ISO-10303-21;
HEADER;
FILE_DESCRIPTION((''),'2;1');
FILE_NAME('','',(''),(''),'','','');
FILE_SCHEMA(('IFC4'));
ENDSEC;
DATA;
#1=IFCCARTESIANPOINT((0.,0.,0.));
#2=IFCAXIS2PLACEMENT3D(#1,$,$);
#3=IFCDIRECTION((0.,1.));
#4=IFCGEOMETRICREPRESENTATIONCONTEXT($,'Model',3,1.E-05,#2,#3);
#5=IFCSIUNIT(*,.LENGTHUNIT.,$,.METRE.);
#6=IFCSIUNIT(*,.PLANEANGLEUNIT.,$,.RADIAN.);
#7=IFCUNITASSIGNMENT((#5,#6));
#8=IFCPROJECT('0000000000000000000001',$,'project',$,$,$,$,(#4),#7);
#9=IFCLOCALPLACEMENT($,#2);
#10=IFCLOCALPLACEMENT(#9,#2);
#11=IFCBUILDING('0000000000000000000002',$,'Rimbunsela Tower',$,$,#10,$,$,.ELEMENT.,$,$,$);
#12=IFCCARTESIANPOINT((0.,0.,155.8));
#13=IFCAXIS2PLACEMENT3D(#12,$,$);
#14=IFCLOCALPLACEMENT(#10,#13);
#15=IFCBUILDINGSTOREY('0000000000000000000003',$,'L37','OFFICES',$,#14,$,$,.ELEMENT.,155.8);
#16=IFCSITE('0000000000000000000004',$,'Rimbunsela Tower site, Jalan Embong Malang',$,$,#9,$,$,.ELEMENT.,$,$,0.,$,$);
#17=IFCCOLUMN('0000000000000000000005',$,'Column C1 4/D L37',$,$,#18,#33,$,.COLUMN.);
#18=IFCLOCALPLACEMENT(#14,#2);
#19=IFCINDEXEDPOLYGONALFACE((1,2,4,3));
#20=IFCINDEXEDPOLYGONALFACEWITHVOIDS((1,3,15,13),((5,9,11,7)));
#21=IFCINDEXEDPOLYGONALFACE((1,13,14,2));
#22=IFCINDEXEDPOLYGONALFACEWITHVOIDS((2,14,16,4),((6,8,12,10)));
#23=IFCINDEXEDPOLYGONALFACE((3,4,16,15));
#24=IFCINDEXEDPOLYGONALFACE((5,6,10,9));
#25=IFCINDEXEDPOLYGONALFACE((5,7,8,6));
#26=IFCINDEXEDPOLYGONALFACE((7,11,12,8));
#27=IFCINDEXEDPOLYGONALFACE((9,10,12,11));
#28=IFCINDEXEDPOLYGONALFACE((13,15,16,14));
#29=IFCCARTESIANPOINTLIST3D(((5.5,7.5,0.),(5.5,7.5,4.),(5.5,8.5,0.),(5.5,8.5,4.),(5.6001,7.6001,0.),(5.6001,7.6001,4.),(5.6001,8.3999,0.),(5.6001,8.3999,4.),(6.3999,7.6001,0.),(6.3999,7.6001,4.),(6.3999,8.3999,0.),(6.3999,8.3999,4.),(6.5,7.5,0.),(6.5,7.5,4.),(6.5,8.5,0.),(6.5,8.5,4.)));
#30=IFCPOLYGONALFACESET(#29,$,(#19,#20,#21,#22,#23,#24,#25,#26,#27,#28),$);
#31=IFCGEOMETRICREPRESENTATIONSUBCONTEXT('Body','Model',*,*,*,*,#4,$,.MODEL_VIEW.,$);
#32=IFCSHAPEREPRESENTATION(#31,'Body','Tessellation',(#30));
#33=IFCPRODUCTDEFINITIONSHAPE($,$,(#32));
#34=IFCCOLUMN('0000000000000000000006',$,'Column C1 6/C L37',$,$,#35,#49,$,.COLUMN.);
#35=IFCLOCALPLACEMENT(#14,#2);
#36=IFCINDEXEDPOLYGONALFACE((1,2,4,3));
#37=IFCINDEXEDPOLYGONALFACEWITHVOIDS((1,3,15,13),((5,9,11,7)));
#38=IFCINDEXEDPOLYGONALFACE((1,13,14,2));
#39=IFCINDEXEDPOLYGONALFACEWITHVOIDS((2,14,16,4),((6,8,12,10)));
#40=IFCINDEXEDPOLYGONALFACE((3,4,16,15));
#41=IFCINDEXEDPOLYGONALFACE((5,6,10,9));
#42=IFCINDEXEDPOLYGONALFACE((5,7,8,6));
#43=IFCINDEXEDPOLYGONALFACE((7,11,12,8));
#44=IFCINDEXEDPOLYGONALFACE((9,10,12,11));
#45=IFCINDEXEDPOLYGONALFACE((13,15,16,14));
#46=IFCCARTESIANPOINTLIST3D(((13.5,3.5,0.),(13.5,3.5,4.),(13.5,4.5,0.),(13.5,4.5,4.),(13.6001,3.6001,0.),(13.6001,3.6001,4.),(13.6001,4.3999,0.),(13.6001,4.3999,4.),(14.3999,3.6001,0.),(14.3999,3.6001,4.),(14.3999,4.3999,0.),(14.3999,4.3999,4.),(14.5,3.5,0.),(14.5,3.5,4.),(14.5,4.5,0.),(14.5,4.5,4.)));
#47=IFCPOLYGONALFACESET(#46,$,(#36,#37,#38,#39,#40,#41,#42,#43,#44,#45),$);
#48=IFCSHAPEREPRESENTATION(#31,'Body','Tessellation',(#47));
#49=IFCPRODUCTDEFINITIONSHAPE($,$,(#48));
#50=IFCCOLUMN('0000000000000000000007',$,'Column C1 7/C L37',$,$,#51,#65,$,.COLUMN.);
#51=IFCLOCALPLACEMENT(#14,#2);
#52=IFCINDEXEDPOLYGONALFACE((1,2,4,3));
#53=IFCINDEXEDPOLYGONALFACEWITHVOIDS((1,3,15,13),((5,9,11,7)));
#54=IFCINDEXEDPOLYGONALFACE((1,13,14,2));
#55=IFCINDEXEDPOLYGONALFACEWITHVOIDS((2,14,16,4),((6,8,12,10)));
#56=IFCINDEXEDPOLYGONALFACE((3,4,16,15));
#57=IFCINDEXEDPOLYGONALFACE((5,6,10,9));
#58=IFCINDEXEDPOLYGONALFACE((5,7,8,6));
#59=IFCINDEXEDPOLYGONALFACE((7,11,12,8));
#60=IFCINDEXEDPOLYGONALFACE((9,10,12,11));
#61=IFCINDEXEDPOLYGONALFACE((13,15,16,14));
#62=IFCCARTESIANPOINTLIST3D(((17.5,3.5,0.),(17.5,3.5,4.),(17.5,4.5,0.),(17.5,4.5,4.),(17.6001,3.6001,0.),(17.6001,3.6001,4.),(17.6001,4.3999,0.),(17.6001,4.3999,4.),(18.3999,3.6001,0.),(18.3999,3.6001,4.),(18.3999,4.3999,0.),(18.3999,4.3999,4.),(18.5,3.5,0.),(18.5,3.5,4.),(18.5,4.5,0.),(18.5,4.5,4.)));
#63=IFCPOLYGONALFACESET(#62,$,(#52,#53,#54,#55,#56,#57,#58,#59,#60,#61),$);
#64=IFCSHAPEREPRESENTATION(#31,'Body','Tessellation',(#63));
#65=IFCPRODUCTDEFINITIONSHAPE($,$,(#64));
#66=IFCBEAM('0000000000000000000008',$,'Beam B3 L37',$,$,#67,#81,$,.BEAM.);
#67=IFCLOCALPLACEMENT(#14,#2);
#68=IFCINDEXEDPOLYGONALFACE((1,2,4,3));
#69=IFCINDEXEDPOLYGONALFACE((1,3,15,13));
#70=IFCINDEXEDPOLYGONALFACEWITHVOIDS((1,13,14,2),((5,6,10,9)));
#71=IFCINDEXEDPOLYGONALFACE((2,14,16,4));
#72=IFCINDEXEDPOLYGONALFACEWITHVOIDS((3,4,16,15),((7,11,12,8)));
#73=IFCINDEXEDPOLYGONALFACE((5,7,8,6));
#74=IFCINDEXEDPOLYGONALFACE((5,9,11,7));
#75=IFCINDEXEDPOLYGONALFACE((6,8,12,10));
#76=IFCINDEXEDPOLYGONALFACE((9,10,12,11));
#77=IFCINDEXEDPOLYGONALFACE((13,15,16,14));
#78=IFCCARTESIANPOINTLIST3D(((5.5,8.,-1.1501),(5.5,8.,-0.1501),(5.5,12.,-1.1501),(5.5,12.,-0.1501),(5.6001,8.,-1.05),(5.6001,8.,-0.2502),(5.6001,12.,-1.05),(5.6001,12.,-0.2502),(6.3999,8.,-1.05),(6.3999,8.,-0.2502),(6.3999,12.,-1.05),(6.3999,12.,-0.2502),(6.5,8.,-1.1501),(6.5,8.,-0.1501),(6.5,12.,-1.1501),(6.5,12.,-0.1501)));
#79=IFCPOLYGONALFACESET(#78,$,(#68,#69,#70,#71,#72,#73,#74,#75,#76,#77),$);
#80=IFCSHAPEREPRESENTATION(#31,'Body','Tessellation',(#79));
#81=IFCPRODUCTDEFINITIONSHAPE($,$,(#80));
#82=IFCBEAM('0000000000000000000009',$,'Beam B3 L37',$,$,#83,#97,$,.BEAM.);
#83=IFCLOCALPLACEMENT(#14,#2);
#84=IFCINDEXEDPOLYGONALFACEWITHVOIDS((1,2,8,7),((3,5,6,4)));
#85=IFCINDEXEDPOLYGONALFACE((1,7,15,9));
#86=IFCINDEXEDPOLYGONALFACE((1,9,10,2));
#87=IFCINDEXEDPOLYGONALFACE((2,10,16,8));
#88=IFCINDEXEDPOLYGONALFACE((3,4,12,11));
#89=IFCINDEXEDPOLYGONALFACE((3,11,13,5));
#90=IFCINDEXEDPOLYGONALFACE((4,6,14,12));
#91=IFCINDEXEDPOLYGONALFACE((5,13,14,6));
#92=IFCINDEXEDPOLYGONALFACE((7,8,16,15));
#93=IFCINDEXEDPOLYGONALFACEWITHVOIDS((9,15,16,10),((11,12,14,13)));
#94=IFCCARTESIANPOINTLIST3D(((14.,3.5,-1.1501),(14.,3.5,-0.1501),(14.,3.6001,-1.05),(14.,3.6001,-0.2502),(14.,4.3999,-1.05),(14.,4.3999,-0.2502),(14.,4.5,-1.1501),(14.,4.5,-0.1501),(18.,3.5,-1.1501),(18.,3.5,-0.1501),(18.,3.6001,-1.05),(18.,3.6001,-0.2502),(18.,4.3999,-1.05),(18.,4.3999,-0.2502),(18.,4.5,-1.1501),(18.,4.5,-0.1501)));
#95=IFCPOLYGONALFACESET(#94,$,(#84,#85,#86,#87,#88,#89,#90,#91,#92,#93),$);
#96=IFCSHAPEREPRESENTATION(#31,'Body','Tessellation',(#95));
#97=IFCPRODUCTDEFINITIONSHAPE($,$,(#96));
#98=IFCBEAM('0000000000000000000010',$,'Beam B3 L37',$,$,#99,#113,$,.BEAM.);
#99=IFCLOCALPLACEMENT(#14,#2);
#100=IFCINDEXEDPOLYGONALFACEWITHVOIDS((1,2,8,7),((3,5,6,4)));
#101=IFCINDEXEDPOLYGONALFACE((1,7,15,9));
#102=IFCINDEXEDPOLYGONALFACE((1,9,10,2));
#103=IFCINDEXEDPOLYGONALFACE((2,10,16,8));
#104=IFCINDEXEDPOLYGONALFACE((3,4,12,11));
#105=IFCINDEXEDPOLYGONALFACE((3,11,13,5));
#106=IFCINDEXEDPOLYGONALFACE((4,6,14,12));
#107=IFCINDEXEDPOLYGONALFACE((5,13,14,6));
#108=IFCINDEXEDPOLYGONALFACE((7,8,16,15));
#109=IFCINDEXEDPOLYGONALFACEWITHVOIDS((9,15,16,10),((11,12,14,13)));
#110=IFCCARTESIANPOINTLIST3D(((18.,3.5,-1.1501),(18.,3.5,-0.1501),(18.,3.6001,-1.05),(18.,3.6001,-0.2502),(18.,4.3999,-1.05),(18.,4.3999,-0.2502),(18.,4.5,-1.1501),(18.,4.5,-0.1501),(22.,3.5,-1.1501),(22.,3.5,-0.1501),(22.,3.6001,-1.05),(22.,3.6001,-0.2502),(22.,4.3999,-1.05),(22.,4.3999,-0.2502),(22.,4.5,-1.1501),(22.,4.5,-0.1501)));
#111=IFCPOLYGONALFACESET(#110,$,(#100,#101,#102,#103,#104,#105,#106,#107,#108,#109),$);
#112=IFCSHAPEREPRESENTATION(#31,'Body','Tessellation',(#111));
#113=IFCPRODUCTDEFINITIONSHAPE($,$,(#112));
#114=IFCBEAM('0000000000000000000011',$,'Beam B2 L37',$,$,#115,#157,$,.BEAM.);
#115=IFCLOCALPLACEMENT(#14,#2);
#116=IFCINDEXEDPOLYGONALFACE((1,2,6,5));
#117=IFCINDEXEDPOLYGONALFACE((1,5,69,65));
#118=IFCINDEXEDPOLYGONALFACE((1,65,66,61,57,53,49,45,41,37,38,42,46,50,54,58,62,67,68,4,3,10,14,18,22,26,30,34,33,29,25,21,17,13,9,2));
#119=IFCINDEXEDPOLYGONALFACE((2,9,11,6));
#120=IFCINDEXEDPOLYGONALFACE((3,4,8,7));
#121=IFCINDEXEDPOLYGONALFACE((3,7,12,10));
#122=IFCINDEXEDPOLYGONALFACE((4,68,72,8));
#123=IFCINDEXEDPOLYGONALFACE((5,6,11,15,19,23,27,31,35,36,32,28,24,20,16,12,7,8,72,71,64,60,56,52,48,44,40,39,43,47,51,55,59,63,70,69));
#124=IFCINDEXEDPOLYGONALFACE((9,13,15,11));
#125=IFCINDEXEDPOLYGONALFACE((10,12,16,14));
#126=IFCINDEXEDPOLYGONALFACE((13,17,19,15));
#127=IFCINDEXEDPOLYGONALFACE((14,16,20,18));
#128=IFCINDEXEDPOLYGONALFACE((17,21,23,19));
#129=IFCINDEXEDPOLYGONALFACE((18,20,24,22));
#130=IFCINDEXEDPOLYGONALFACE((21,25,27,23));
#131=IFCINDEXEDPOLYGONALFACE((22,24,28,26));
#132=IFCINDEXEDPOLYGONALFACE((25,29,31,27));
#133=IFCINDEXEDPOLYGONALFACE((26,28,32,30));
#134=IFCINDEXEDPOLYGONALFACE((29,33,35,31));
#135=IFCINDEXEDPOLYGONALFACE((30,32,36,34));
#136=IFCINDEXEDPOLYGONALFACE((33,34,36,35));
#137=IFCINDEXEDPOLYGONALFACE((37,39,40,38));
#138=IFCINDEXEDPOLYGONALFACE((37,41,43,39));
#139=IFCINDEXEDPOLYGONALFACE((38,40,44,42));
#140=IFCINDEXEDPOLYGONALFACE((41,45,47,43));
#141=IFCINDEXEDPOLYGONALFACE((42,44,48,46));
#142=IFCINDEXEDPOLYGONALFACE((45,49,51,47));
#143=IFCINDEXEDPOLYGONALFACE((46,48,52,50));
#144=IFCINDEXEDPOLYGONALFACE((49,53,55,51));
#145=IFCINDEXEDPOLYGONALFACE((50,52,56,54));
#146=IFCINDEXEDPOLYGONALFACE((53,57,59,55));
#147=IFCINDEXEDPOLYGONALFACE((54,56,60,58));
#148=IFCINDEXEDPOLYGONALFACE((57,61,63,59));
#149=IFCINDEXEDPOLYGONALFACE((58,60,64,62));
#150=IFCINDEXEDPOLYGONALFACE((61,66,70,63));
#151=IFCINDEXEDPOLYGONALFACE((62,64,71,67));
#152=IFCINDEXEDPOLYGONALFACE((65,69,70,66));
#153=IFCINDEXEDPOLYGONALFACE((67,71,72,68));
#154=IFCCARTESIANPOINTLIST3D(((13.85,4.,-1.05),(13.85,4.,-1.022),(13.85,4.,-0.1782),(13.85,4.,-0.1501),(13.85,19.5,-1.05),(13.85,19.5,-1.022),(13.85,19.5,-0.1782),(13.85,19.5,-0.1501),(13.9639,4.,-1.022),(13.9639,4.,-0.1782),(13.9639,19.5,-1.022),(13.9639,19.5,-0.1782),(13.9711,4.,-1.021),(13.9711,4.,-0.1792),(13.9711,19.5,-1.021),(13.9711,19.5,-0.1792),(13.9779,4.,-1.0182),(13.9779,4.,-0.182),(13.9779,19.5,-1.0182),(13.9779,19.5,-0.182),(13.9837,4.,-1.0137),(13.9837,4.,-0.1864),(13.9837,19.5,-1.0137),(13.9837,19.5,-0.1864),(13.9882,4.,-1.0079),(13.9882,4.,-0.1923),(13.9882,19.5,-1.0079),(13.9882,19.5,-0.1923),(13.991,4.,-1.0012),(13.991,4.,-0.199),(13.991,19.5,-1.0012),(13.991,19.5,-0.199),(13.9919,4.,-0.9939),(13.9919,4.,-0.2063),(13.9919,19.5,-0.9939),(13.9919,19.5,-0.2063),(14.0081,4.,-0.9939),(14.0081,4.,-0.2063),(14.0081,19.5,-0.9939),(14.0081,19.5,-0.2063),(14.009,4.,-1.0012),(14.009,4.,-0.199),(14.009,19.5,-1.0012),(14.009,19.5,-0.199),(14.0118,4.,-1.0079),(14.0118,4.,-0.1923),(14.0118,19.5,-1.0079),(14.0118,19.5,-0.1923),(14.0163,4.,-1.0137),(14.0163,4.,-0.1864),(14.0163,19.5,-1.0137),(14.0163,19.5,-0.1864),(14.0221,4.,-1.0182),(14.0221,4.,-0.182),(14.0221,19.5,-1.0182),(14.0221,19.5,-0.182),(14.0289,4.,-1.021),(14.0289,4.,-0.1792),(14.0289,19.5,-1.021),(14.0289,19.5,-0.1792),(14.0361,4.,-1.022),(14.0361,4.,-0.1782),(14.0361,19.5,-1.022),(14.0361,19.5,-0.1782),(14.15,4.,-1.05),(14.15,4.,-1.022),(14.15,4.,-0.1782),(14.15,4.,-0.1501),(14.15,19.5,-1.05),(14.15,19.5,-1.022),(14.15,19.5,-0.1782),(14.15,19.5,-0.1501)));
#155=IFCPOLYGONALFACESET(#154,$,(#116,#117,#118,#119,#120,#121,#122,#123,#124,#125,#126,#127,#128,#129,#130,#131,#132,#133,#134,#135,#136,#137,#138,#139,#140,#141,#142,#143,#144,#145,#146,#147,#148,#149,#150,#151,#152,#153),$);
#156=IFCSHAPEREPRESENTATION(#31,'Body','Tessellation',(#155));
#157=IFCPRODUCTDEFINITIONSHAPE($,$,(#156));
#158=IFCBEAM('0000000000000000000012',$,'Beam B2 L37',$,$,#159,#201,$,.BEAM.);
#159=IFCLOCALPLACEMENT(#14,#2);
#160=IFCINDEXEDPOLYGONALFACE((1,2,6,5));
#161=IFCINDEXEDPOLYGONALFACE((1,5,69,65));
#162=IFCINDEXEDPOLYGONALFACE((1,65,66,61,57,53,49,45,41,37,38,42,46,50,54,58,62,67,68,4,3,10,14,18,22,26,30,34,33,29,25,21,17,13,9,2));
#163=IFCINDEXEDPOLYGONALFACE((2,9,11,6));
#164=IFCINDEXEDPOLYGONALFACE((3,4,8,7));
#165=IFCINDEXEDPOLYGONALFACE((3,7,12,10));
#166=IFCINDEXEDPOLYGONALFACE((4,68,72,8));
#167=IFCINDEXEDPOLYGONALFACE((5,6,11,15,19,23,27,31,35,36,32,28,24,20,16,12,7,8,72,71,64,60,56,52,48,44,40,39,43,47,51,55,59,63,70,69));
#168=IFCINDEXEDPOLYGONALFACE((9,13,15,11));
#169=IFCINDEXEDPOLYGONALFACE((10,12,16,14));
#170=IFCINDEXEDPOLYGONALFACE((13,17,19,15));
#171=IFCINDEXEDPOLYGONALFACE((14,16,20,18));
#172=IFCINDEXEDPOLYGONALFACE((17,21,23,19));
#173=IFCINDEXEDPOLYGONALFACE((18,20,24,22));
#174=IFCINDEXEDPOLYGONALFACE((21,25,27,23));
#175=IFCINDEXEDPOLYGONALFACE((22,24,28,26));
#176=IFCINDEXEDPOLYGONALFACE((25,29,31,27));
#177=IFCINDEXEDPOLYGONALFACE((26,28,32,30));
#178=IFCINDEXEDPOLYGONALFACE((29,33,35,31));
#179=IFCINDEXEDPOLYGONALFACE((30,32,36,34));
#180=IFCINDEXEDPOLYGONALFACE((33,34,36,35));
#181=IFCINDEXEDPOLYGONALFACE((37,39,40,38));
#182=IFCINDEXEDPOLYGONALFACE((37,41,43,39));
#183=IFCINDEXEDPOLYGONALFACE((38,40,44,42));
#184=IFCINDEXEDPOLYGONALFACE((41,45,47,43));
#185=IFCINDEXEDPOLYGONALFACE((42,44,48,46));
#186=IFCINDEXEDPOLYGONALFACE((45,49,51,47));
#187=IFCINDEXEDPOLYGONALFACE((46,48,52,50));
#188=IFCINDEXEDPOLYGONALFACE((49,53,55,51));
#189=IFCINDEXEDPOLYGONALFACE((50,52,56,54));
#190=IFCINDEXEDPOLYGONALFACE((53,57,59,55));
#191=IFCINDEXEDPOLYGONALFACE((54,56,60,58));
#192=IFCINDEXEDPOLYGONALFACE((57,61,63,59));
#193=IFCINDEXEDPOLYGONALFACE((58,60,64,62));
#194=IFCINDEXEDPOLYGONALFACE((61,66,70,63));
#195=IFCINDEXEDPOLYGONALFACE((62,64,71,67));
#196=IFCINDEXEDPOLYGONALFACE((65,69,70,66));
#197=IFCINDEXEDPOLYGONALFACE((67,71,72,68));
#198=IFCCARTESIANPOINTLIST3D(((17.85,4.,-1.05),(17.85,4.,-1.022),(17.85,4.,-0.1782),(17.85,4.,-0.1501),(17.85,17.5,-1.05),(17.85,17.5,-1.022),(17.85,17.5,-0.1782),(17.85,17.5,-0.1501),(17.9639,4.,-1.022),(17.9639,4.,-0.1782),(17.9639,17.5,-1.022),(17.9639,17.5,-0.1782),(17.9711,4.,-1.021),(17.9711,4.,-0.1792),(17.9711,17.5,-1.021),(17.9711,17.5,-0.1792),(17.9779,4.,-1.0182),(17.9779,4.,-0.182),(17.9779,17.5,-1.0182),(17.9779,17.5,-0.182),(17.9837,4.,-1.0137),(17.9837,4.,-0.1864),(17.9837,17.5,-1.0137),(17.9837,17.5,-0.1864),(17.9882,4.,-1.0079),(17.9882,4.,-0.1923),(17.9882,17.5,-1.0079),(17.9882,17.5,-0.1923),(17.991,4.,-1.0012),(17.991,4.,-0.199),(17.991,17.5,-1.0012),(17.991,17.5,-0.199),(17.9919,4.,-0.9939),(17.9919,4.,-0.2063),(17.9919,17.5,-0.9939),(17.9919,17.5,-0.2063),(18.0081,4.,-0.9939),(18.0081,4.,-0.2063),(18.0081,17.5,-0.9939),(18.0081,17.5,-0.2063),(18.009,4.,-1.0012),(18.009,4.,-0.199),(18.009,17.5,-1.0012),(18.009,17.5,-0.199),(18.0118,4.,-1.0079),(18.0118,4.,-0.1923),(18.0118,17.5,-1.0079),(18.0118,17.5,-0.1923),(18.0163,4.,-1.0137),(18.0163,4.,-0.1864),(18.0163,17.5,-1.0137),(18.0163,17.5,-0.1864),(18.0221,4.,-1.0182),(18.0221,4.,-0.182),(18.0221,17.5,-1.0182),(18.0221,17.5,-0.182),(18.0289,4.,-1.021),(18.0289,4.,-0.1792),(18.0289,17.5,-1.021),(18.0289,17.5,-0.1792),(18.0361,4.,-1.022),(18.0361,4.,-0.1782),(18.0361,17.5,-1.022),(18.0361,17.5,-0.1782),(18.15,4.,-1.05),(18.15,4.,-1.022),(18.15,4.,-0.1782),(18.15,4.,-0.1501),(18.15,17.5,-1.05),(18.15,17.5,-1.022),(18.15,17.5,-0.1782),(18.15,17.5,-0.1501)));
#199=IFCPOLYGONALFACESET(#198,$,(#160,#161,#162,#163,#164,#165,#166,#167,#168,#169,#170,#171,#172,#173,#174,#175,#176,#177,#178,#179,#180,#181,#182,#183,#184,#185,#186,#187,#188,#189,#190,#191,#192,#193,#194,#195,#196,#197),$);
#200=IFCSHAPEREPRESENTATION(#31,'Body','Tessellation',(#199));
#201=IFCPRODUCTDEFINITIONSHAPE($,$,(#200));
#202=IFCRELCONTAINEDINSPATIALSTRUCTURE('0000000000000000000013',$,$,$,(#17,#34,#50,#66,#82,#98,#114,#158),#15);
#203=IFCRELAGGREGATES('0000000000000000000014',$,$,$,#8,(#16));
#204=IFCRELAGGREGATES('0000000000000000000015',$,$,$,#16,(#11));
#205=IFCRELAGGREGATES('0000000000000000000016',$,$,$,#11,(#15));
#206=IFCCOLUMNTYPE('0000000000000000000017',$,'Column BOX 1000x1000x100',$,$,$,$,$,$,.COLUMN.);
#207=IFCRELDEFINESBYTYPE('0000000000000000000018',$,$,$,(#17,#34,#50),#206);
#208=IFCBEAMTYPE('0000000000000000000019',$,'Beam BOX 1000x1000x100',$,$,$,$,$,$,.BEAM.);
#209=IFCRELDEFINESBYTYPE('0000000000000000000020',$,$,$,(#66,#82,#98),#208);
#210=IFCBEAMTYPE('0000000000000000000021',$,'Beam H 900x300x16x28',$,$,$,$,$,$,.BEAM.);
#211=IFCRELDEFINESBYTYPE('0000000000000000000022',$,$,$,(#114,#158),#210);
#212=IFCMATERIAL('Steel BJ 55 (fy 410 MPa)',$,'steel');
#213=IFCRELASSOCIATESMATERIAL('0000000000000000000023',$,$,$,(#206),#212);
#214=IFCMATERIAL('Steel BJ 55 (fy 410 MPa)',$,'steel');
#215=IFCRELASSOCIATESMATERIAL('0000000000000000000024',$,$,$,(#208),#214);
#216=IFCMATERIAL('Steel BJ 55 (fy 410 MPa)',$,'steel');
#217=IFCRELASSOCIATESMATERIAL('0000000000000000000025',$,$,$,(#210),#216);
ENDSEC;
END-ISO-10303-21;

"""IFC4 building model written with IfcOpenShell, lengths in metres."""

from ifc_helpers import new_model, si_unit, direction, frame, origin, origin_2d, place, context, subcontext, project, spatial, hollow_rectangle, i_section, extrude, material, material_profile, profile_set, type_object, element, save


model = new_model("IFC4")

# Units and contexts
model_context = context("Model", 3, precision=1e-05, world=origin(), true_north=direction((0.0, 1.0)))
body_context = subcontext(model_context, "Body", "Model", "MODEL_VIEW")
ifc_project = project(units=[si_unit("LENGTHUNIT", "METRE"), si_unit("PLANEANGLEUNIT", "RADIAN")], contexts=[model_context])

# Site, building, storey
site_placement = place(None, origin())
site = spatial("IfcSite", under=ifc_project, at=site_placement, Name="Rimbunsela Tower site, Jalan Embong Malang", CompositionType="ELEMENT", RefElevation=0.0)
building_placement = place(site_placement, origin())
building = spatial("IfcBuilding", under=site, at=building_placement, Name="Rimbunsela Tower", CompositionType="ELEMENT")
storey_placement = place(building_placement, frame((0.0, 0.0, 155.8)))
storey = spatial("IfcBuildingStorey", under=building, at=storey_placement, Name="L37", Description="OFFICES", CompositionType="ELEMENT", Elevation=155.8)

# Columns
ifc_material_1 = material(Name="Steel BJ 55 (fy 410 MPa)", Category="steel")
ifc_material_profile_1 = material_profile(ifc_material_1, hollow_rectangle(XDim=1.0, YDim=1.0, WallThickness=0.1001, at=origin_2d()), Name="BOX 1000x1000x100")
ifc_profile_set_1 = profile_set([ifc_material_profile_1], Name="Steel BJ 55 (fy 410 MPa)")
column_type = type_object("IfcColumnType", Name="Column BOX 1000x1000x100", PredefinedType="COLUMN", material=ifc_profile_set_1)
for number, where, z_axis, x_axis, name in (
    (1, (6.0, 8.0, 0.0), (0.0, 0.0, 1.0), (1.0, 0.0, 0.0), "Column C1 4/D L37"),
    (2, (14.0, 4.0, 0.0), (0.0, 0.0, 1.0), (1.0, 0.0, 0.0), "Column C1 6/C L37"),
    (3, (18.0, 4.0, 0.0), (0.0, 0.0, 1.0), (1.0, 0.0, 0.0), "Column C1 7/C L37"),
):
    element("IfcColumn", number, at=place(storey_placement, frame(where, z_axis=z_axis, x_axis=x_axis)), inside=storey, type_object=column_type, Name=name, PredefinedType="COLUMN", context=body_context, shape_type="SweptSolid", body=[
        extrude(hollow_rectangle(XDim=1.0, YDim=1.0, WallThickness=0.1001, at=origin_2d()), origin(), (0.0, 0.0, 1.0), 4.0),
    ])

# Beams
ifc_material_2 = material(Name="Steel BJ 55 (fy 410 MPa)", Category="steel")
ifc_material_profile_2 = material_profile(ifc_material_2, hollow_rectangle(XDim=1.0, YDim=1.0, WallThickness=0.1001, at=origin_2d()), Name="BOX 1000x1000x100")
ifc_profile_set_2 = profile_set([ifc_material_profile_2], Name="Steel BJ 55 (fy 410 MPa)")
beam_type_1 = type_object("IfcBeamType", Name="Beam BOX 1000x1000x100", PredefinedType="BEAM", material=ifc_profile_set_2)
for number, where, z_axis, x_axis, name in (
    (4, (6.0, 8.0, -0.6501), (0.0, 1.0, 0.0), (-1.0, 0.0, 0.0), "Beam B3 L37"),
    (5, (14.0, 4.0, -0.6501), (1.0, 0.0, 0.0), (0.0, 1.0, 0.0), "Beam B3 L37"),
    (6, (18.0, 4.0, -0.6501), (1.0, 0.0, 0.0), (0.0, 1.0, 0.0), "Beam B3 L37"),
):
    element("IfcBeam", number, at=place(storey_placement, frame(where, z_axis=z_axis, x_axis=x_axis)), inside=storey, type_object=beam_type_1, Name=name, PredefinedType="BEAM", context=body_context, shape_type="SweptSolid", body=[
        extrude(hollow_rectangle(XDim=1.0, YDim=1.0, WallThickness=0.1001, at=origin_2d()), origin(), (0.0, 0.0, 1.0), 4.0),
    ])
ifc_material_3 = material(Name="Steel BJ 55 (fy 410 MPa)", Category="steel")
ifc_material_profile_3 = material_profile(ifc_material_3, i_section(OverallWidth=0.3, OverallDepth=0.8999, WebThickness=0.0161, FlangeThickness=0.0281, FilletRadius=0.0281, at=origin_2d()), Name="H 900x300x16x28")
ifc_profile_set_3 = profile_set([ifc_material_profile_3], Name="Steel BJ 55 (fy 410 MPa)")
beam_type_2 = type_object("IfcBeamType", Name="Beam H 900x300x16x28", PredefinedType="BEAM", material=ifc_profile_set_3)
beam_1_placement = place(storey_placement, frame((14.0, 4.0, -0.6001), z_axis=(0.0, 1.0, 0.0), x_axis=(-1.0, 0.0, 0.0)))
element("IfcBeam", 7, at=beam_1_placement, inside=storey, type_object=beam_type_2, Name="Beam B2 L37", PredefinedType="BEAM", context=body_context, shape_type="SweptSolid", body=[
    extrude(i_section(OverallWidth=0.3, OverallDepth=0.8999, WebThickness=0.0161, FlangeThickness=0.0281, FilletRadius=0.0281, at=origin_2d()), origin(), (0.0, 0.0, 1.0), 15.5),
])
beam_2_placement = place(storey_placement, frame((18.0, 4.0, -0.6001), z_axis=(0.0, 1.0, 0.0), x_axis=(-1.0, 0.0, 0.0)))
element("IfcBeam", 8, at=beam_2_placement, inside=storey, type_object=beam_type_2, Name="Beam B2 L37", PredefinedType="BEAM", context=body_context, shape_type="SweptSolid", body=[
    extrude(i_section(OverallWidth=0.3, OverallDepth=0.8999, WebThickness=0.0161, FlangeThickness=0.0281, FilletRadius=0.0281, at=origin_2d()), origin(), (0.0, 0.0, 1.0), 13.5),
])

save(model, "model.ifc")
